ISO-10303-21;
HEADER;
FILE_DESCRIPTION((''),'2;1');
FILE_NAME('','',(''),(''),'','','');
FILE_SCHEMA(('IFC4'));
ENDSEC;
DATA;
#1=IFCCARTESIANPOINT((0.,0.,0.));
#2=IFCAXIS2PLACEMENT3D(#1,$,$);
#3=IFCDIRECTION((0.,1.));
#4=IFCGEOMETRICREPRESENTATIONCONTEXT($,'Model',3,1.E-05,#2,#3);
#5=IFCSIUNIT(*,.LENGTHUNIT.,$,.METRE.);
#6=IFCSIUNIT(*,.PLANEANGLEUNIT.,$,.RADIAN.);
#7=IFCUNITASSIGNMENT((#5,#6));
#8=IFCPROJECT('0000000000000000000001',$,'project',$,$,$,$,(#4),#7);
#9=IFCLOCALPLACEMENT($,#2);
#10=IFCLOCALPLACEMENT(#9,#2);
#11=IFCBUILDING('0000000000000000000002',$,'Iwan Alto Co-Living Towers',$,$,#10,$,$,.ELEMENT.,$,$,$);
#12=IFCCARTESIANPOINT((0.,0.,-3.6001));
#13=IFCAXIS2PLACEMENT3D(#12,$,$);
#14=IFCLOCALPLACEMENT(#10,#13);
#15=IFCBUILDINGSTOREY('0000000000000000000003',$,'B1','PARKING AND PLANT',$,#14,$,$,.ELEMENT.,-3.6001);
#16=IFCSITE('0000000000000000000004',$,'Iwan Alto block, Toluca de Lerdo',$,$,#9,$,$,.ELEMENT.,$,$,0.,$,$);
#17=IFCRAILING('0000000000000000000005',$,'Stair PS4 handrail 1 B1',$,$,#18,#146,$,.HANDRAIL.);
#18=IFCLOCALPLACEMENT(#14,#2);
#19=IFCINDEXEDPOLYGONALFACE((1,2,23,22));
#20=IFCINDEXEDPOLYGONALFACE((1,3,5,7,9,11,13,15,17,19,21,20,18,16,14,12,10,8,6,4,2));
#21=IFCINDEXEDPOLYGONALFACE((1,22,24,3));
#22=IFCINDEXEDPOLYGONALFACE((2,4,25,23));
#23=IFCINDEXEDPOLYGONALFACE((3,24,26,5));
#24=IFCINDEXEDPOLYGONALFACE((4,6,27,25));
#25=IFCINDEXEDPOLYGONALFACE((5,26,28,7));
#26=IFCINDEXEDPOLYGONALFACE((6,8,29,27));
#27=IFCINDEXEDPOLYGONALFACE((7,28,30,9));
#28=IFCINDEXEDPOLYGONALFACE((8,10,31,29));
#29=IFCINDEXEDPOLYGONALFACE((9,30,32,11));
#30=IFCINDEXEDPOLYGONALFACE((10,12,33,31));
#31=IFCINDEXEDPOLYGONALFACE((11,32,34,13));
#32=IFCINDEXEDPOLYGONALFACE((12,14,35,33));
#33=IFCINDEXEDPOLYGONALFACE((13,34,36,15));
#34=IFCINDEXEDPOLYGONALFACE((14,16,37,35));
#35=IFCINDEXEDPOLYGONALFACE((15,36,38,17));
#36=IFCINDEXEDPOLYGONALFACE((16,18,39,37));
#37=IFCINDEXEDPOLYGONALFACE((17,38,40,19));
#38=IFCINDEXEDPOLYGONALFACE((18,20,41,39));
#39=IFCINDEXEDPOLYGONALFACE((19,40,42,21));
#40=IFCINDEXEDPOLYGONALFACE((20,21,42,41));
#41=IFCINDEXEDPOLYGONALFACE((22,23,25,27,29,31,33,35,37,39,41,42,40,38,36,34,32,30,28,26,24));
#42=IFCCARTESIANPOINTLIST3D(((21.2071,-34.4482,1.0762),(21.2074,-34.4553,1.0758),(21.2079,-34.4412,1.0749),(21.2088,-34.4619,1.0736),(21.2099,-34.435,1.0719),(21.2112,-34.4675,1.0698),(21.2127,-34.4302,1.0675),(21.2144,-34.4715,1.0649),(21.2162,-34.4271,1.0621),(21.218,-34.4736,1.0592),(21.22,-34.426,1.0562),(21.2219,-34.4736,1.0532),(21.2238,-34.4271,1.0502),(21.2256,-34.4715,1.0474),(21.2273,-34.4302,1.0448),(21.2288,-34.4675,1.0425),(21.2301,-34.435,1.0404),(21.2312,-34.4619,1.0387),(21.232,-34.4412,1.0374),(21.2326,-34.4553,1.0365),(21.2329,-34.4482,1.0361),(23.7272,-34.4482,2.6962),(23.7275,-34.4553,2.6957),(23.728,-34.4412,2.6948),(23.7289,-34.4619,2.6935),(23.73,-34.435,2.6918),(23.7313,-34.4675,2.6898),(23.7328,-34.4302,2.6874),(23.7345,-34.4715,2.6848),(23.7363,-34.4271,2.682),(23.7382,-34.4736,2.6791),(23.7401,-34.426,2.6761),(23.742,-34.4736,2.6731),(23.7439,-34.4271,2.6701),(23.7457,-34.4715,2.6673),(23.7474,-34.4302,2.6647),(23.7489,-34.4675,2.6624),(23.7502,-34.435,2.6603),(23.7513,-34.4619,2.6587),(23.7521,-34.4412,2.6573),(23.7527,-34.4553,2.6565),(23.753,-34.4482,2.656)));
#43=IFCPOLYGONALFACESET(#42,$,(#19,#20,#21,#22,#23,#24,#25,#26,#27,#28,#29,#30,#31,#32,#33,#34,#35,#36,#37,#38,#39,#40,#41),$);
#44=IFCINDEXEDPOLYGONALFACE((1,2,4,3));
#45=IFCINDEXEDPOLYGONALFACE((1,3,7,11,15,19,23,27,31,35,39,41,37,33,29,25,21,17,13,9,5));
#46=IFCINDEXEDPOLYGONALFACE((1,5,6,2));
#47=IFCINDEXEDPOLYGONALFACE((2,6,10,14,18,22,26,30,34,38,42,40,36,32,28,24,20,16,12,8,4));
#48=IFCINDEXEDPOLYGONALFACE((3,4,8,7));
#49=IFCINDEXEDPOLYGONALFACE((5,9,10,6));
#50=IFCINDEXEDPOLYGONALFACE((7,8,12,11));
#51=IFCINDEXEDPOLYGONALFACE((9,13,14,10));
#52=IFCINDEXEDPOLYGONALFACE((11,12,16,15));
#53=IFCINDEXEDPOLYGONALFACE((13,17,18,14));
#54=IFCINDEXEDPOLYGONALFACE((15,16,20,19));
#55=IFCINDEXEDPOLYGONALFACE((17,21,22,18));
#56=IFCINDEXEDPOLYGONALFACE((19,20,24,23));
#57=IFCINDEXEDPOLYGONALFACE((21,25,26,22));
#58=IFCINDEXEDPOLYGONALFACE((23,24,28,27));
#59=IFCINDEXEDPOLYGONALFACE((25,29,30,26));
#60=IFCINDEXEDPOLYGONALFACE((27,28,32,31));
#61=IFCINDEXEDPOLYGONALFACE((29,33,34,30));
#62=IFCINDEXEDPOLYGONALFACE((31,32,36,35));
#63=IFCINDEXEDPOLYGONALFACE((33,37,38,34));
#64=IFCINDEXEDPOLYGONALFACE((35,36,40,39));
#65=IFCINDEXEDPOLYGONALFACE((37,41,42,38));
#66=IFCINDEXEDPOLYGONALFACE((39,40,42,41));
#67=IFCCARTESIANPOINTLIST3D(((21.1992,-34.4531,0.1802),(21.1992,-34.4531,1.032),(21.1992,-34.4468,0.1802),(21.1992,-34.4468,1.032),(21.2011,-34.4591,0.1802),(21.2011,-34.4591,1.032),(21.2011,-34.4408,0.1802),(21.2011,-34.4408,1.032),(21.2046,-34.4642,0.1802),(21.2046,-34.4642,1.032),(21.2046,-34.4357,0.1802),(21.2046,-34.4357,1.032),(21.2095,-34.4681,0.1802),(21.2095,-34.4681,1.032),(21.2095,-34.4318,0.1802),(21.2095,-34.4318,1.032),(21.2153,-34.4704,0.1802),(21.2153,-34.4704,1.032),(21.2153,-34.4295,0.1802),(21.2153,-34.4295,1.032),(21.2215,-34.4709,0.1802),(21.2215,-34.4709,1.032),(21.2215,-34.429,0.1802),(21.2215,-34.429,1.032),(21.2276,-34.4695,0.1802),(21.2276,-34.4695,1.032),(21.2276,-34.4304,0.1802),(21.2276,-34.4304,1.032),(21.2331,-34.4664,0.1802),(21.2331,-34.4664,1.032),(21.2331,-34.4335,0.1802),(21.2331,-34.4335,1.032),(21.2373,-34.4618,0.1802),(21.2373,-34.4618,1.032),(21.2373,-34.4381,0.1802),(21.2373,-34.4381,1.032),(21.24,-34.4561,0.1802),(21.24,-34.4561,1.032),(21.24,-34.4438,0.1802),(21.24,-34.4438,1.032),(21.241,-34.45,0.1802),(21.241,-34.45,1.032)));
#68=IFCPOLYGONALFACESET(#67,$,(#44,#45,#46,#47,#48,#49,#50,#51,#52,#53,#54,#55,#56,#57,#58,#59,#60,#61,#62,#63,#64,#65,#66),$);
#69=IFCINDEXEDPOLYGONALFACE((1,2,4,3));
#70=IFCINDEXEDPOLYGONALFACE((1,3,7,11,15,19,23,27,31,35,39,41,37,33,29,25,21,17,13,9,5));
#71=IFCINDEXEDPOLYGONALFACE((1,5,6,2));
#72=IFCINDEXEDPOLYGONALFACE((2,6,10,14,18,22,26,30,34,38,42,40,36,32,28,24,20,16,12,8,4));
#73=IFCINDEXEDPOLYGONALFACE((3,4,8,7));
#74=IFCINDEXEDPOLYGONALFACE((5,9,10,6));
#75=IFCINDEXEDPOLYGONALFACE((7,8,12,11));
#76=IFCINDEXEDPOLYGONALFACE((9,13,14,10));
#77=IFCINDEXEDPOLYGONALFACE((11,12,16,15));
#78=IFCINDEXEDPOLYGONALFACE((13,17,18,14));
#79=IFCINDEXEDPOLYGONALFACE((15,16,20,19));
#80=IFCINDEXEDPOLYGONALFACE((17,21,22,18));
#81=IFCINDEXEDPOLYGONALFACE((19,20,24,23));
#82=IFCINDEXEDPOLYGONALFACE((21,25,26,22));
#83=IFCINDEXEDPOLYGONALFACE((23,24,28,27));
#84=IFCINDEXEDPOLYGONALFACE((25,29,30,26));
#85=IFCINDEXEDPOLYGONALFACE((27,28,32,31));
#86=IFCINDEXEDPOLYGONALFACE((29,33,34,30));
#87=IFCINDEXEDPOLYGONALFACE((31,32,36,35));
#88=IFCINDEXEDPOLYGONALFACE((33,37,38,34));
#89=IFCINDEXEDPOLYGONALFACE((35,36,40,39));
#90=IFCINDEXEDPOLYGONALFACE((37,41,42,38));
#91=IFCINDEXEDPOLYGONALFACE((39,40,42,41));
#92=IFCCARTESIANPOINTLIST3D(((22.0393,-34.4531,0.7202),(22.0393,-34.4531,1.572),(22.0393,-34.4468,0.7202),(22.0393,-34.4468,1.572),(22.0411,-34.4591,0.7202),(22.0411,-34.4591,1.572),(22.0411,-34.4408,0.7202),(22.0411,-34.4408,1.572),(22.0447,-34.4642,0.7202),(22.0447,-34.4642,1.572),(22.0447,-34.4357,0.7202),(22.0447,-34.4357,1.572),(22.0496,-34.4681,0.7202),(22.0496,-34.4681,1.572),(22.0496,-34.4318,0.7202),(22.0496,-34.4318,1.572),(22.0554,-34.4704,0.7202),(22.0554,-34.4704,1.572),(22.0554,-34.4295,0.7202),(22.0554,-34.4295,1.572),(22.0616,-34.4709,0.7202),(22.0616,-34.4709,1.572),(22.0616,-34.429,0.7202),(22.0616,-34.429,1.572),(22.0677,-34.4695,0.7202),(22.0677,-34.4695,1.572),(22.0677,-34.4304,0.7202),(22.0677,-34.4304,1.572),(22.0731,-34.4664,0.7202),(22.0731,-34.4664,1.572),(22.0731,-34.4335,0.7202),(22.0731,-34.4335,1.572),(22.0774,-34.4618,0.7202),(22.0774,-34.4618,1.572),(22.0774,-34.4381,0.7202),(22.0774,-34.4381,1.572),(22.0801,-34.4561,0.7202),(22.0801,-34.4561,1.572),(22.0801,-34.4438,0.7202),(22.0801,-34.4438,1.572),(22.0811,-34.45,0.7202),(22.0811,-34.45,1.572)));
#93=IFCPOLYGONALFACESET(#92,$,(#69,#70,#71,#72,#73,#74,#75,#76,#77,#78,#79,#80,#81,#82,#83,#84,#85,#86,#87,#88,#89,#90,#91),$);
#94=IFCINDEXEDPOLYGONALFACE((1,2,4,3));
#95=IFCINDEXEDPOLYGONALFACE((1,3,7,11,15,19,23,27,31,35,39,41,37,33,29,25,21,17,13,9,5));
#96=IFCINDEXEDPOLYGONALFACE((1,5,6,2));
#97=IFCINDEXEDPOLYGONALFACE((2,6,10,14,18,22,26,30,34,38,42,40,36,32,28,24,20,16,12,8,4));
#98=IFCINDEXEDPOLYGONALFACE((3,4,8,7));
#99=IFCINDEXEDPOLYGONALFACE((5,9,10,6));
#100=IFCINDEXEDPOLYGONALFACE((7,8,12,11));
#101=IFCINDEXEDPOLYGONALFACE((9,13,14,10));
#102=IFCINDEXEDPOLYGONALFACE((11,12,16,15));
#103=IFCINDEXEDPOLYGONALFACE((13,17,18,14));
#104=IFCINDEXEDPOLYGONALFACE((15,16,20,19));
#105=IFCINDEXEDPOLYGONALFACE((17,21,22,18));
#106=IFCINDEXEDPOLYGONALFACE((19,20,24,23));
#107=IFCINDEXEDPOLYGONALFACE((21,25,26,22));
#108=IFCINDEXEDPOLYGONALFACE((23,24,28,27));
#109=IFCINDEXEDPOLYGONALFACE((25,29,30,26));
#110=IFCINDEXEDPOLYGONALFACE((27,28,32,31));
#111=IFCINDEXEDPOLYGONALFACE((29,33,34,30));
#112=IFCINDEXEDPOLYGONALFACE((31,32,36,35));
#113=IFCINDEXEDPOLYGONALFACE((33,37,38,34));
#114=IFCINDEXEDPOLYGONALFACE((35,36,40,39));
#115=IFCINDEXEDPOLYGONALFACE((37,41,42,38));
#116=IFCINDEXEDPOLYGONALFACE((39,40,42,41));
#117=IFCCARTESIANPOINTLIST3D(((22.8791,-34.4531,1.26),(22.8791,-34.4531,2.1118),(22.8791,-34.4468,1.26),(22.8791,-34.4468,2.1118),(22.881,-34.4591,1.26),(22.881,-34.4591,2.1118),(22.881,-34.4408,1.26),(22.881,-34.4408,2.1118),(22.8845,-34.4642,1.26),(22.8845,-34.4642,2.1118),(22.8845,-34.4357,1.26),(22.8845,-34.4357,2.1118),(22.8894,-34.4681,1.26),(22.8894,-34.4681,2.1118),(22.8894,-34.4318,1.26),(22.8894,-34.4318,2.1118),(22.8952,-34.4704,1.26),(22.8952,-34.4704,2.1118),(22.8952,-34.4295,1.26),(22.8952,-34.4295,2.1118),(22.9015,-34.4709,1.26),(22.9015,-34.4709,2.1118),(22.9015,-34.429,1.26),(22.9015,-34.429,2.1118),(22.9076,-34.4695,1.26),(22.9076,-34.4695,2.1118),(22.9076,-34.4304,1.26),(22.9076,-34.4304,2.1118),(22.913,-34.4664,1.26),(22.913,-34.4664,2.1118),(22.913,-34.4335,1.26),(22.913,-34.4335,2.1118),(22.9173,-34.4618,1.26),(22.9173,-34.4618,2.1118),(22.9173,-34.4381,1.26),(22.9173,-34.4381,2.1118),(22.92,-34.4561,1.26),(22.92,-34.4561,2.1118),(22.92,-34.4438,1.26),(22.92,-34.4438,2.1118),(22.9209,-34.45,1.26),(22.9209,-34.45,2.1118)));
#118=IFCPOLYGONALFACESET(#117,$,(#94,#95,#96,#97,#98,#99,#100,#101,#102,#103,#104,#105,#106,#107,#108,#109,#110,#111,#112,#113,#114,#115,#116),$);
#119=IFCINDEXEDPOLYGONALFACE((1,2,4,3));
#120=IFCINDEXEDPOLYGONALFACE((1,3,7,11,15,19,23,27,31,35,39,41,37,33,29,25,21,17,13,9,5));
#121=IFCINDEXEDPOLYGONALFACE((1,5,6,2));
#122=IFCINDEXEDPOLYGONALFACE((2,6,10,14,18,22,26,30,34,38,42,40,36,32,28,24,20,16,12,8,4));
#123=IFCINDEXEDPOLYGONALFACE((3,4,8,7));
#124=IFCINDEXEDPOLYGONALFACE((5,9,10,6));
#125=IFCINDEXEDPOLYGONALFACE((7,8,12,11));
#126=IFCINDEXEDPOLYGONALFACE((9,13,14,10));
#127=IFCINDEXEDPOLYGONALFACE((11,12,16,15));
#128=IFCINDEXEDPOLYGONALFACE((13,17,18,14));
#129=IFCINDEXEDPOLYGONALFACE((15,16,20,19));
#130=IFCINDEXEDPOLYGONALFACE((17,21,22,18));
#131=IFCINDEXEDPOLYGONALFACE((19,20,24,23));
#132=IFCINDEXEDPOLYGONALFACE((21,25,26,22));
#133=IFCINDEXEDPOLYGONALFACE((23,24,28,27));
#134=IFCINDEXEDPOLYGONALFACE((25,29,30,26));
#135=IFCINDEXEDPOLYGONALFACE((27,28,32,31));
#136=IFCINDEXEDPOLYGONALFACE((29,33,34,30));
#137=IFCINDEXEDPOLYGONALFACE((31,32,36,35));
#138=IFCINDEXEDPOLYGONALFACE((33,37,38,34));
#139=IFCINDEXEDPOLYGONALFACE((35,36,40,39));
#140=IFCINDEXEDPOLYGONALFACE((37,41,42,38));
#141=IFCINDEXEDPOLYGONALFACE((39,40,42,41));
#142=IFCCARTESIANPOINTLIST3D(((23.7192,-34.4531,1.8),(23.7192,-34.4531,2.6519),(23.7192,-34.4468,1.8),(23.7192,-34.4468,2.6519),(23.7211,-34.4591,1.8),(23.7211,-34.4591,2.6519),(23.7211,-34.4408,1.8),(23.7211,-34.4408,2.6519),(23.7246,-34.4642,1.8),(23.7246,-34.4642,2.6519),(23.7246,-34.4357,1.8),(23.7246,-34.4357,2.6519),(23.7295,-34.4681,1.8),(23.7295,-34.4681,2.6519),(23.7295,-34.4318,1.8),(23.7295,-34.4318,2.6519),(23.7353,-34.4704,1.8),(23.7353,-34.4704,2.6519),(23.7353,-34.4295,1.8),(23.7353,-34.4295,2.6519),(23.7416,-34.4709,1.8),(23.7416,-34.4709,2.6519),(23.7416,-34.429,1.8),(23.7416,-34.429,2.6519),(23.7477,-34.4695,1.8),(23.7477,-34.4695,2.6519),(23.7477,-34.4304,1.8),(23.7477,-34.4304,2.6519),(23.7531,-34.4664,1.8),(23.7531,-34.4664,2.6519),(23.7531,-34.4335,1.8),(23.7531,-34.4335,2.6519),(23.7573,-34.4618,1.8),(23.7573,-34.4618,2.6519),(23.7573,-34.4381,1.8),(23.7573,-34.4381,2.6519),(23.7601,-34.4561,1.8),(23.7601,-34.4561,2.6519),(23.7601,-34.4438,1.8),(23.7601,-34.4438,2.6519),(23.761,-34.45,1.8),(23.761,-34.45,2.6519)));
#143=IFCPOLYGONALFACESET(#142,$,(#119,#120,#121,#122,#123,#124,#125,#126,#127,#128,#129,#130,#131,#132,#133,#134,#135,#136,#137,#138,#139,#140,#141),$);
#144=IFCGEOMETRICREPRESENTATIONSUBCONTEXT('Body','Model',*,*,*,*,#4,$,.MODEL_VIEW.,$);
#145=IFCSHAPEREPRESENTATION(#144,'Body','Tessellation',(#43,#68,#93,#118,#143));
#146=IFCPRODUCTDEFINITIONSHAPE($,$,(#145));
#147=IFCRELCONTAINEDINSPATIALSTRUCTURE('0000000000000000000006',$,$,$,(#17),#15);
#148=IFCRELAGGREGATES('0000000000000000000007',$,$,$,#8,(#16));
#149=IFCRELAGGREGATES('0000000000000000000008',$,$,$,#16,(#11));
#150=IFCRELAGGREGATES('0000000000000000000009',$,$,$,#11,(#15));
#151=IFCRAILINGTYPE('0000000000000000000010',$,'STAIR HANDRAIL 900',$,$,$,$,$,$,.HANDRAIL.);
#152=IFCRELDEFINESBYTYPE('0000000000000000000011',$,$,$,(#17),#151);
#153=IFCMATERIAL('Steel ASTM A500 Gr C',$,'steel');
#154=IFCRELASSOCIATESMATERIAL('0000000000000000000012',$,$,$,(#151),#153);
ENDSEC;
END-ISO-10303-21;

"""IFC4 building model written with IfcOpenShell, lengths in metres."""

from ifc_helpers import new_model, si_unit, direction, frame, origin, origin_2d, place, context, subcontext, project, spatial, circle, extrude, material, type_object, element, save


model = new_model("IFC4")

# Units and contexts
model_context = context("Model", 3, precision=1e-05, world=origin(), true_north=direction((0.0, 1.0)))
body_context = subcontext(model_context, "Body", "Model", "MODEL_VIEW")
ifc_project = project(units=[si_unit("LENGTHUNIT", "METRE"), si_unit("PLANEANGLEUNIT", "RADIAN")], contexts=[model_context])

# Site, building, storey
site_placement = place(None, origin())
site = spatial("IfcSite", under=ifc_project, at=site_placement, Name="Iwan Alto block, Toluca de Lerdo", CompositionType="ELEMENT", RefElevation=0.0)
building_placement = place(site_placement, origin())
building = spatial("IfcBuilding", under=site, at=building_placement, Name="Iwan Alto Co-Living Towers", CompositionType="ELEMENT")
storey_placement = place(building_placement, frame((0.0, 0.0, -3.6001)))
storey = spatial("IfcBuildingStorey", under=building, at=storey_placement, Name="B1", Description="PARKING AND PLANT", CompositionType="ELEMENT", Elevation=-3.6001)

# Railing
ifc_material_1 = material(Name="Steel ASTM A500 Gr C", Category="steel")
railing_type_1 = type_object("IfcRailingType", Name="STAIR HANDRAIL 900", PredefinedType="HANDRAIL", material=ifc_material_1)
railing_1_placement = place(storey_placement, frame((21.22, -34.45, 0.1802)))
element("IfcRailing", 1, at=railing_1_placement, inside=storey, type_object=railing_type_1, Name="Stair PS4 handrail 1 B1", PredefinedType="HANDRAIL", context=body_context, shape_type="SweptSolid", body=[
    extrude(circle(Radius=0.0239, at=origin_2d()), frame((0.0, 0.0, 0.876), z_axis=(0.8412, 0.0, 0.540725), x_axis=(0.0, 1.0, 0.0)), (0.0, 0.0, 1.0), 2.9958),
    extrude(circle(Radius=0.021, at=origin_2d()), origin(), (0.0, 0.0, 1.0), 0.8518),
    extrude(circle(Radius=0.021, at=origin_2d()), frame((0.8401, 0.0, 0.54)), (0.0, 0.0, 1.0), 0.8518),
    extrude(circle(Radius=0.021, at=origin_2d()), frame((1.6799, 0.0, 1.0798)), (0.0, 0.0, 1.0), 0.8518),
    extrude(circle(Radius=0.021, at=origin_2d()), frame((2.52, 0.0, 1.6199)), (0.0, 0.0, 1.0), 0.8518),
])

save(model, "model.ifc")
